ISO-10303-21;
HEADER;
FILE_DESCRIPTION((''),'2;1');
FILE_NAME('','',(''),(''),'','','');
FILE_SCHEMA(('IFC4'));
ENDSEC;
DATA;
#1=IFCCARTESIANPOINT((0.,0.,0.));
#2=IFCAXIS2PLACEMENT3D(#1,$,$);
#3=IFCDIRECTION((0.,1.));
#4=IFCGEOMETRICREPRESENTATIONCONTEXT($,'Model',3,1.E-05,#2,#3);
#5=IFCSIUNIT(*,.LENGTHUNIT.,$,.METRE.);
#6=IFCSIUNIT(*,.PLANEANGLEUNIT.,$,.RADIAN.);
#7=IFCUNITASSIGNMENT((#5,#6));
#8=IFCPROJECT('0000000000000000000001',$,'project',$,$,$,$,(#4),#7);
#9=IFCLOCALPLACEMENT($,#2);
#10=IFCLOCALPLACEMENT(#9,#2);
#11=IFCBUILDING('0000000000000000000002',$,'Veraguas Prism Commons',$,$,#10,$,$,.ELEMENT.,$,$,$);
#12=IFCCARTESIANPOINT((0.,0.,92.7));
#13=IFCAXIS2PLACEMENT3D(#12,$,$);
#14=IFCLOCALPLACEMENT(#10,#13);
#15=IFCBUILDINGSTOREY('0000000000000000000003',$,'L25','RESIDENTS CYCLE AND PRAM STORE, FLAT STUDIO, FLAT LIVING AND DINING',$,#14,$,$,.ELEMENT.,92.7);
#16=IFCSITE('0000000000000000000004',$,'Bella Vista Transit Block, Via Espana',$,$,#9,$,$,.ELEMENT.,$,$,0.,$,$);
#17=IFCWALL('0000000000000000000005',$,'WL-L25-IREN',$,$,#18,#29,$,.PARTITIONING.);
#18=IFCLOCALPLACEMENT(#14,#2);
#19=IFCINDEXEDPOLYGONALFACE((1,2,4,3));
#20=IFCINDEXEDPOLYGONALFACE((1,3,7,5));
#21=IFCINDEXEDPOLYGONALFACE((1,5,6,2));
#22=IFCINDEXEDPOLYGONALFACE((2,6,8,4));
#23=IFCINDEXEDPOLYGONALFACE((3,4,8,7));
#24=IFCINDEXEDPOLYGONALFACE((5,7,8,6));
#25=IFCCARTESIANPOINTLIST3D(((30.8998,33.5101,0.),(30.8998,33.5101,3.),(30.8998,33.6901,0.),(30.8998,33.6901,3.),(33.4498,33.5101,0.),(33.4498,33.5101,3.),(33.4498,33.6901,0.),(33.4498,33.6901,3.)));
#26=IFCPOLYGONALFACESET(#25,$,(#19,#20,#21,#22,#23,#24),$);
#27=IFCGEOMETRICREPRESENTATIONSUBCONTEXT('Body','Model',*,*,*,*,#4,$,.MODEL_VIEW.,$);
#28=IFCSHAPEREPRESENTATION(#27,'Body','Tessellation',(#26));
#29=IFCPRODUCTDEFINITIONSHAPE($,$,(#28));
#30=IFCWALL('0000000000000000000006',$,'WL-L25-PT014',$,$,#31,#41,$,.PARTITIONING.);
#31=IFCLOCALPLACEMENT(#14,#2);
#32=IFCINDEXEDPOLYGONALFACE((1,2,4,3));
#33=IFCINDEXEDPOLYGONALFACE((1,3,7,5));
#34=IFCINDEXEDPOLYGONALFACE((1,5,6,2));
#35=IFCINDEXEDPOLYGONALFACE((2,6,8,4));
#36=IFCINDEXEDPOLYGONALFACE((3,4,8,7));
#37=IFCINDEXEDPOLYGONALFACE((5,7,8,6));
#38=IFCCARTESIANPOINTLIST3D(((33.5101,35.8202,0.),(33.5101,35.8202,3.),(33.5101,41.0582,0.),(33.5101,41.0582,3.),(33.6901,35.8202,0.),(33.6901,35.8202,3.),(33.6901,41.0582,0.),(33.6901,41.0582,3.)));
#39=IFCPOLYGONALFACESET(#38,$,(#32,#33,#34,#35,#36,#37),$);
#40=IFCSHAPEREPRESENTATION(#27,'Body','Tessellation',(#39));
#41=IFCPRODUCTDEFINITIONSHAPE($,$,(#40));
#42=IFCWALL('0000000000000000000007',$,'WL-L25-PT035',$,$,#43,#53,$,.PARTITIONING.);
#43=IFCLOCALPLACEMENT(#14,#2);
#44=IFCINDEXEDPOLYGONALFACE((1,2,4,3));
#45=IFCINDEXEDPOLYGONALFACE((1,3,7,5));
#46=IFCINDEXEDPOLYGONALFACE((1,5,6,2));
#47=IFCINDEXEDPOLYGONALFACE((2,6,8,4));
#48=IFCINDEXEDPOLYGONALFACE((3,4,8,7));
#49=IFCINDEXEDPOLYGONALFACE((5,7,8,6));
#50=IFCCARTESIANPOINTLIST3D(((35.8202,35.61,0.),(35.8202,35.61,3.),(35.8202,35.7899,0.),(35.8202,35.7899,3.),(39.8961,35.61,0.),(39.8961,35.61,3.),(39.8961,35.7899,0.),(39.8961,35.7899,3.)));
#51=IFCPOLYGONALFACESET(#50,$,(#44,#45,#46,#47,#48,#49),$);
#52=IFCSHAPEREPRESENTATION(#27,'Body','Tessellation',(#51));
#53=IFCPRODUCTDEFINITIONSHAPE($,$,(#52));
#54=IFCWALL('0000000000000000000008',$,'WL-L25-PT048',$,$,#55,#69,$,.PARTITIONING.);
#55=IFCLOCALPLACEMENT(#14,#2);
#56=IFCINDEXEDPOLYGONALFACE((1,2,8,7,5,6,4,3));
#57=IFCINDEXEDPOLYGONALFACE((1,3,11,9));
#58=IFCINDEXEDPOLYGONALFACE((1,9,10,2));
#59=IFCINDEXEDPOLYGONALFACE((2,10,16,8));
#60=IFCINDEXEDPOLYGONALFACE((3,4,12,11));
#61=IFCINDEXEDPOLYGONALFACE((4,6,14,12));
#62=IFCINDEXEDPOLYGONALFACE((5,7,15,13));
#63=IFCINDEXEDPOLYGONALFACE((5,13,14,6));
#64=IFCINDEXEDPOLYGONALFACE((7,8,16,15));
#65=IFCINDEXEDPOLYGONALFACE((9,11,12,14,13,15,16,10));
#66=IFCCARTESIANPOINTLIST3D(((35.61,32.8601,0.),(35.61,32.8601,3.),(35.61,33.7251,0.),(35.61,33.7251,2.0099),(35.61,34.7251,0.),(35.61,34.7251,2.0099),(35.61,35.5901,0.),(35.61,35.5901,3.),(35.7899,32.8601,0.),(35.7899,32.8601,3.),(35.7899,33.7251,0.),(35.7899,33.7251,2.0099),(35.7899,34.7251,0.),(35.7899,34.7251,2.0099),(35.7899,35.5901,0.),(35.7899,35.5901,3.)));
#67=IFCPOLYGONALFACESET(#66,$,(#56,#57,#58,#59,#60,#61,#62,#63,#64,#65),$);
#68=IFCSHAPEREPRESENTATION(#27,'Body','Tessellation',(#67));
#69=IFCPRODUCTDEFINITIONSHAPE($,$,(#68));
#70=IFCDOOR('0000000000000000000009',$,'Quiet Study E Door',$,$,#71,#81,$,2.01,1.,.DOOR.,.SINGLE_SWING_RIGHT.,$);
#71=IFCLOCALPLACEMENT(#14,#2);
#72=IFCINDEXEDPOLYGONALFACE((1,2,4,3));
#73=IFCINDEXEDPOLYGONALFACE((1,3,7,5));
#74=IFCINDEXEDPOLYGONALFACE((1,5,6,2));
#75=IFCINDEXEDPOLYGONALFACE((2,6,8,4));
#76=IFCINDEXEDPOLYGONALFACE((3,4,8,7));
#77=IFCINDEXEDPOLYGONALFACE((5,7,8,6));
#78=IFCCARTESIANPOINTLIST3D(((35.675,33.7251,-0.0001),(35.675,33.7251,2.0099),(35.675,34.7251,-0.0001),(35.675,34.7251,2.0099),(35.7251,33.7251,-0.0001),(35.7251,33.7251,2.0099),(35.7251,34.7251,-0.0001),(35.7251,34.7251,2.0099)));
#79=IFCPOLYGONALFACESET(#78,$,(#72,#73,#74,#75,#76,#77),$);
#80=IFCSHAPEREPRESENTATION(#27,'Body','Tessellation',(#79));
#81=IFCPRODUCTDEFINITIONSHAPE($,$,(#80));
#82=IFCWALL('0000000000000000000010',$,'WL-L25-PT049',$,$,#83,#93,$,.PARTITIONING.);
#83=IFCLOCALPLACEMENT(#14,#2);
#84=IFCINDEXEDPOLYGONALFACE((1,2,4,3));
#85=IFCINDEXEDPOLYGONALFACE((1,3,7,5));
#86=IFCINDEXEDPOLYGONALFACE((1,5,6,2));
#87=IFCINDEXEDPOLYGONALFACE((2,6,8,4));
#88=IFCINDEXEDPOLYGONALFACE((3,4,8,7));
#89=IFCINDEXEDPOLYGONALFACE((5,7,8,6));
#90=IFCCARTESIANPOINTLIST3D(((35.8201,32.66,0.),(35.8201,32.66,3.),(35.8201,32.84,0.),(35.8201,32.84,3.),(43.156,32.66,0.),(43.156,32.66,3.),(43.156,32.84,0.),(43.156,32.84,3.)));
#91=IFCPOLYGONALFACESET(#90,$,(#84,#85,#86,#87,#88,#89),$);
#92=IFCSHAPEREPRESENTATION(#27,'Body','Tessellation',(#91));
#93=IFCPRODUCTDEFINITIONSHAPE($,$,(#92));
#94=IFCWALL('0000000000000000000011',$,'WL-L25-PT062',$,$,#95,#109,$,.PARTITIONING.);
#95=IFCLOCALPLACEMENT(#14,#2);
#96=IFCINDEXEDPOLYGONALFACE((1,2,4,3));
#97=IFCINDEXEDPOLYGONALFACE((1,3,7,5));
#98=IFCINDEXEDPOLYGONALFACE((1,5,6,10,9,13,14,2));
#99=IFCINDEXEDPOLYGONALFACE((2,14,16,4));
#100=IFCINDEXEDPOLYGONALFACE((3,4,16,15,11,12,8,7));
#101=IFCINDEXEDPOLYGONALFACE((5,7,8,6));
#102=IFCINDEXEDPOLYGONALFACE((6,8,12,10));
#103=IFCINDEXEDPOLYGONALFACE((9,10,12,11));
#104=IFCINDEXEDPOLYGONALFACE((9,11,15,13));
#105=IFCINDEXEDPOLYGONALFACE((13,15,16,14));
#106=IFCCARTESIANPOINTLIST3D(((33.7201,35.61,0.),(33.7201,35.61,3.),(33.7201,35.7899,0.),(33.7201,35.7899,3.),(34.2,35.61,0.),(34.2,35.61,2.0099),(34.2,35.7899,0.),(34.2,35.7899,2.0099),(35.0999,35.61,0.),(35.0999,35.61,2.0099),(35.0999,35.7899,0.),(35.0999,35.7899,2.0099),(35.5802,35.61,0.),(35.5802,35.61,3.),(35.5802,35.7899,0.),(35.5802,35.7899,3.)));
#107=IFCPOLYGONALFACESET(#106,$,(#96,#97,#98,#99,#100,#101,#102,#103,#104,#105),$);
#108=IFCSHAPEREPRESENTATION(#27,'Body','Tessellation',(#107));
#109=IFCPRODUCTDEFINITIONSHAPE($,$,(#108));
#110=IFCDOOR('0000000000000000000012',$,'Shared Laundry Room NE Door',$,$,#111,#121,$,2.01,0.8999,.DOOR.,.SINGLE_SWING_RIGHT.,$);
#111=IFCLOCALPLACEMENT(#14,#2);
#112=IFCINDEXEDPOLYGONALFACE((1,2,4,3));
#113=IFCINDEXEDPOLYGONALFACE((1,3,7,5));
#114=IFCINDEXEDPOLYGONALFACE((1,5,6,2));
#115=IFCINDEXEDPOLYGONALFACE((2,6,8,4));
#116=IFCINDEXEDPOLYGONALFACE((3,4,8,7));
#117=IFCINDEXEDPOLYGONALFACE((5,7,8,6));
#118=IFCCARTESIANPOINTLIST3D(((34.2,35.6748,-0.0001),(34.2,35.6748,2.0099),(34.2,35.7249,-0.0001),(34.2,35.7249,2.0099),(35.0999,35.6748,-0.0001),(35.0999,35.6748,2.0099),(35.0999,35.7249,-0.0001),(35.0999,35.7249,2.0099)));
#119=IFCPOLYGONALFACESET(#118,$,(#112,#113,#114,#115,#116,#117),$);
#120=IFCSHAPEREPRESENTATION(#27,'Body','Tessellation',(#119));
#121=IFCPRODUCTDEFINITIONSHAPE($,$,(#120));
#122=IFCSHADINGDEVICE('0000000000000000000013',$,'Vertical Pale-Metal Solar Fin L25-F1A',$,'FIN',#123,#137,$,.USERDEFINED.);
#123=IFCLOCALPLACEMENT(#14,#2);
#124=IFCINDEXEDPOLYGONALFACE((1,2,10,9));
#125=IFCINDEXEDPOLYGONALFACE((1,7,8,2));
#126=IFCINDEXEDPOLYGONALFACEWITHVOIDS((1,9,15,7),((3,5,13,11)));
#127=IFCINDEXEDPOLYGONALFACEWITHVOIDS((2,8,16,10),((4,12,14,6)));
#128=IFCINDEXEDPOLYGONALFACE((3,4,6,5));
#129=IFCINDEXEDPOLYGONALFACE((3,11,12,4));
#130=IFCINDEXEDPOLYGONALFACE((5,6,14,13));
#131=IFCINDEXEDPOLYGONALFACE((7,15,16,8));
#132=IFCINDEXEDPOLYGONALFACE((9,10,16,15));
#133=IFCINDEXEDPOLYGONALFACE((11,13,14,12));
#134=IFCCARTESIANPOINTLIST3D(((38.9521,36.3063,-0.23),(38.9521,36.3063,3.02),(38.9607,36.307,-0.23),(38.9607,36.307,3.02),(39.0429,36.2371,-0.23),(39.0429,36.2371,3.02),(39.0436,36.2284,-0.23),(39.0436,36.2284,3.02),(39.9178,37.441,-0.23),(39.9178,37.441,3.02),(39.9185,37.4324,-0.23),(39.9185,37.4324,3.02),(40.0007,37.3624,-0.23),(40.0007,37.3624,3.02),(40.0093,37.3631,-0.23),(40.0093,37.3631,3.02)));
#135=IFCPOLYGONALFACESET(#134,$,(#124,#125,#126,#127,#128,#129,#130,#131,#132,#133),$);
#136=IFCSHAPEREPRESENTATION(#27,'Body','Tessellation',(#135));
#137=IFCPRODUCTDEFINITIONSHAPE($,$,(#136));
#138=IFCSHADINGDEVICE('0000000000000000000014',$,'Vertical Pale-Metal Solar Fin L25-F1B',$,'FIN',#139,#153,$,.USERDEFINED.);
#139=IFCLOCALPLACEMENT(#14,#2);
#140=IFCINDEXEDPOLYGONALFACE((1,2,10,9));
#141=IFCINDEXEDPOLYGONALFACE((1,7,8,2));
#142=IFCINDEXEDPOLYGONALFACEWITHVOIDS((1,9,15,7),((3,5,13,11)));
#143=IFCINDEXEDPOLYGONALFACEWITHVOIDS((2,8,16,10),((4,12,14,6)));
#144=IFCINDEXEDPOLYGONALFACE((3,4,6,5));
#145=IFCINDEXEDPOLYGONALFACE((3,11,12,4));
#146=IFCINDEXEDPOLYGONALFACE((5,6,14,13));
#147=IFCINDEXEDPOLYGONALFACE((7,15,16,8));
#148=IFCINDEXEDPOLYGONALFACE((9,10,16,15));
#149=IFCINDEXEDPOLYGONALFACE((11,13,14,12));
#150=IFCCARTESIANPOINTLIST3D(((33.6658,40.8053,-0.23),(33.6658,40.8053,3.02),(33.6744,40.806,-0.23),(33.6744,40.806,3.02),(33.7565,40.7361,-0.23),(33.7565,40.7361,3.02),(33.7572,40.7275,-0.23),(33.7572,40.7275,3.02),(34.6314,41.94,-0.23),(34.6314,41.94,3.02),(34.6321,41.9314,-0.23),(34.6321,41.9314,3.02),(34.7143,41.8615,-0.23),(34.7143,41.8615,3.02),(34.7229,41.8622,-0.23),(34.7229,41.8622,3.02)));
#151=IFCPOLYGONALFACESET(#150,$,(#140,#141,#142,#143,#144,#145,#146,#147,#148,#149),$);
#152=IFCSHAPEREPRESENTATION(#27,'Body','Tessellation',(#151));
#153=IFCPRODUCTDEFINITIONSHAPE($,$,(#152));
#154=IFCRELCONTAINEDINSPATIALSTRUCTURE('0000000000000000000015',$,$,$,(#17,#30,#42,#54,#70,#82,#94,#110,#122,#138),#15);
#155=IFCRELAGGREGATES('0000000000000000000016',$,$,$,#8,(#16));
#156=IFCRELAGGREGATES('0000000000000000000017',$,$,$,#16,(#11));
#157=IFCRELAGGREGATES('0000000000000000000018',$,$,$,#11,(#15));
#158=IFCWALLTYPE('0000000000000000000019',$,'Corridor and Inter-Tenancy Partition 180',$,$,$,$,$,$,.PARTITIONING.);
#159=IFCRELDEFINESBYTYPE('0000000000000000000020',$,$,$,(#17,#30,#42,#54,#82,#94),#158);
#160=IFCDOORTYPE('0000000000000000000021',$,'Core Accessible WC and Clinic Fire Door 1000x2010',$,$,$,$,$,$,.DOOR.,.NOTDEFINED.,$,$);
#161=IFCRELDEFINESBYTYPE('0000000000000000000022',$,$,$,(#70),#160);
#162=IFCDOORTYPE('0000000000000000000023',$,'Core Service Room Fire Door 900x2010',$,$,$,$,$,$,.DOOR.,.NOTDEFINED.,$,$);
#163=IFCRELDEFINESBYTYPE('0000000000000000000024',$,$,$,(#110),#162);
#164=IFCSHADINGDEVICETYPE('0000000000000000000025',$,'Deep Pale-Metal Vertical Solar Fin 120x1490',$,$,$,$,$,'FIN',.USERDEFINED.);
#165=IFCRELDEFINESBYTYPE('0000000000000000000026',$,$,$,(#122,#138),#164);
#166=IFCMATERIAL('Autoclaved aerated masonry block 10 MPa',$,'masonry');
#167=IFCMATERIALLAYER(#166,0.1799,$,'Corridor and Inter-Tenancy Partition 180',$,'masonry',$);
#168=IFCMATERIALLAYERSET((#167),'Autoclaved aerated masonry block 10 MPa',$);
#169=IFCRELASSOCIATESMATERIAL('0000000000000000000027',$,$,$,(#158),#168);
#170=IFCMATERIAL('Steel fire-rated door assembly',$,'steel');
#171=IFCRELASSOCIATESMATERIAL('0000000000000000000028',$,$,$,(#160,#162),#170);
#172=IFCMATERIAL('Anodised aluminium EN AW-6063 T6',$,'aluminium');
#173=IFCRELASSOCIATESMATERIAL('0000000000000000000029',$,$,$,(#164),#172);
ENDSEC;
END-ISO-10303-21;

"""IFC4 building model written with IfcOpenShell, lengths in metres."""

from ifc_helpers import new_model, si_unit, direction, frame, frame_2d, origin, origin_2d, place, context, subcontext, project, spatial, rectangle, hollow_rectangle, extrude, source, transform, mapped, material, layer, layer_set, material_profile, profile_set, type_object, element, fill, save


model = new_model("IFC4")

# Units and contexts
model_context = context("Model", 3, precision=1e-05, world=origin(), true_north=direction((0.0, 1.0)))
body_context = subcontext(model_context, "Body", "Model", "MODEL_VIEW")
ifc_project = project(units=[si_unit("LENGTHUNIT", "METRE"), si_unit("PLANEANGLEUNIT", "RADIAN")], contexts=[model_context])

# Site, building, storey
site_placement = place(None, origin())
site = spatial("IfcSite", under=ifc_project, at=site_placement, Name="Bella Vista Transit Block, Via Espana", CompositionType="ELEMENT", RefElevation=0.0)
building_placement = place(site_placement, origin())
building = spatial("IfcBuilding", under=site, at=building_placement, Name="Veraguas Prism Commons", CompositionType="ELEMENT")
storey_placement = place(building_placement, frame((0.0, 0.0, 92.7)))
storey = spatial("IfcBuildingStorey", under=building, at=storey_placement, Name="L25", Description="RESIDENTS CYCLE AND PRAM STORE, FLAT STUDIO, FLAT LIVING AND DINING", CompositionType="ELEMENT", Elevation=92.7)

# Shared definitions
ifc_material_1 = material(Name="Anodised aluminium EN AW-6063 T6", Category="aluminium")

# Walls
ifc_material_2 = material(Name="Autoclaved aerated masonry block 10 MPa", Category="masonry")
ifc_layer_1 = layer(ifc_material_2, 0.1799, Name="Corridor and Inter-Tenancy Partition 180", Category="masonry")
ifc_layer_set_1 = layer_set([ifc_layer_1], Name="Autoclaved aerated masonry block 10 MPa")
wall_type = type_object("IfcWallType", Name="Corridor and Inter-Tenancy Partition 180", PredefinedType="PARTITIONING", material=ifc_layer_set_1)
wall_1_placement = place(storey_placement, frame((30.8999, 33.6001, 0.0), z_axis=(0.0, 0.0, 1.0), x_axis=(1.0, 0.0, 0.0)))
element("IfcWall", 1, at=wall_1_placement, inside=storey, type_object=wall_type, Name="WL-L25-IREN", PredefinedType="PARTITIONING", context=body_context, shape_type="SweptSolid", body=[
    extrude(rectangle(XDim=2.55, YDim=0.1799, at=frame_2d((1.2749, 0.0))), origin(), (0.0, 0.0, 1.0), 3.0),
])
wall_2_placement = place(storey_placement, frame((33.6001, 35.8201, 0.0), z_axis=(0.0, 0.0, 1.0), x_axis=(0.0, 1.0, 0.0)))
element("IfcWall", 2, at=wall_2_placement, inside=storey, type_object=wall_type, Name="WL-L25-PT014", PredefinedType="PARTITIONING", context=body_context, shape_type="SweptSolid", body=[
    extrude(rectangle(XDim=5.238, YDim=0.1799, at=frame_2d((2.6191, 0.0))), origin(), (0.0, 0.0, 1.0), 3.0),
])
wall_3_placement = place(storey_placement, frame((35.8201, 35.7, 0.0), z_axis=(0.0, 0.0, 1.0), x_axis=(1.0, 0.0, 0.0)))
element("IfcWall", 3, at=wall_3_placement, inside=storey, type_object=wall_type, Name="WL-L25-PT035", PredefinedType="PARTITIONING", context=body_context, shape_type="SweptSolid", body=[
    extrude(rectangle(XDim=4.0759, YDim=0.1799, at=frame_2d((2.0381, 0.0))), origin(), (0.0, 0.0, 1.0), 3.0),
])

# Wall, opening, door
wall_4_placement = place(storey_placement, frame((35.7, 32.8601, 0.0), z_axis=(0.0, 0.0, 1.0), x_axis=(0.0, 1.0, 0.0)))
wall_4 = element("IfcWall", 4, at=wall_4_placement, inside=storey, type_object=wall_type, Name="WL-L25-PT048", PredefinedType="PARTITIONING", context=body_context, shape_type="SweptSolid", body=[
    extrude(rectangle(XDim=2.73, YDim=0.1799, at=frame_2d((1.365, 0.0))), origin(), (0.0, 0.0, 1.0), 3.0),
])
opening_1_placement = place(wall_4_placement, frame((0.865, 0.0, 0.0)))
opening_1 = element("IfcOpeningElement", 5, at=opening_1_placement, cuts=wall_4, PredefinedType="OPENING", context=body_context, shape_type="SweptSolid", body=[
    extrude(rectangle(XDim=1.0, YDim=2.01, at=frame_2d((0.5, 1.0049))), frame((0.0, 0.0999, 0.0), z_axis=(0.0, -1.0, 0.0), x_axis=(1.0, 0.0, 0.0)), (0.0, 0.0, 1.0), 0.2),
])
ifc_material_3 = material(Name="Steel fire-rated door assembly", Category="steel")
door_type_1 = type_object("IfcDoorType", Name="Core Accessible WC and Clinic Fire Door 1000x2010", OperationType="NOTDEFINED", PredefinedType="DOOR", material=ifc_material_3)
shared_shape_1 = source(origin(), body_context, "Body", "SweptSolid", [
    extrude(rectangle(XDim=1.0, YDim=2.01, at=frame_2d((0.5, 1.0049))), frame((0.0, 0.0249, 0.0), z_axis=(0.0, -1.0, 0.0), x_axis=(1.0, 0.0, 0.0)), (0.0, 0.0, 1.0), 0.05),
])
door_1_placement = place(opening_1_placement, origin())
door_1 = element("IfcDoor", 6, at=door_1_placement, inside=storey, type_object=door_type_1, Name="Quiet Study E Door", OperationType="SINGLE_SWING_RIGHT", OverallHeight=2.01, OverallWidth=1.0, PredefinedType="DOOR", context=body_context, shape_type="MappedRepresentation", body=[
    mapped(shared_shape_1, transform((0.0, 0.0, 0.0), scale=1.0)),
])
fill(opening_1, door_1)

# Wall
wall_5_placement = place(storey_placement, frame((35.8201, 32.75, 0.0), z_axis=(0.0, 0.0, 1.0), x_axis=(1.0, 0.0, 0.0)))
element("IfcWall", 7, at=wall_5_placement, inside=storey, type_object=wall_type, Name="WL-L25-PT049", PredefinedType="PARTITIONING", context=body_context, shape_type="SweptSolid", body=[
    extrude(rectangle(XDim=7.3359, YDim=0.1799, at=frame_2d((3.668, 0.0))), origin(), (0.0, 0.0, 1.0), 3.0),
])

# Wall, opening, door
wall_6_placement = place(storey_placement, frame((33.72, 35.7, 0.0), z_axis=(0.0, 0.0, 1.0), x_axis=(1.0, 0.0, 0.0)))
wall_6 = element("IfcWall", 8, at=wall_6_placement, inside=storey, type_object=wall_type, Name="WL-L25-PT062", PredefinedType="PARTITIONING", context=body_context, shape_type="SweptSolid", body=[
    extrude(rectangle(XDim=1.8601, YDim=0.1799, at=frame_2d((0.9302, 0.0))), origin(), (0.0, 0.0, 1.0), 3.0),
])
opening_2_placement = place(wall_6_placement, frame((0.48, 0.0, 0.0)))
opening_2 = element("IfcOpeningElement", 9, at=opening_2_placement, cuts=wall_6, PredefinedType="OPENING", context=body_context, shape_type="SweptSolid", body=[
    extrude(rectangle(XDim=0.8999, YDim=2.01, at=frame_2d((0.45, 1.0049))), frame((0.0, 0.0999, 0.0), z_axis=(0.0, -1.0, 0.0), x_axis=(1.0, 0.0, 0.0)), (0.0, 0.0, 1.0), 0.2),
])
door_type_2 = type_object("IfcDoorType", Name="Core Service Room Fire Door 900x2010", OperationType="NOTDEFINED", PredefinedType="DOOR", material=ifc_material_3)
shared_shape_2 = source(origin(), body_context, "Body", "SweptSolid", [
    extrude(rectangle(XDim=0.8999, YDim=2.01, at=frame_2d((0.45, 1.0049))), frame((0.0, 0.0249, 0.0), z_axis=(0.0, -1.0, 0.0), x_axis=(1.0, 0.0, 0.0)), (0.0, 0.0, 1.0), 0.05),
])
door_2_placement = place(opening_2_placement, origin())
door_2 = element("IfcDoor", 10, at=door_2_placement, inside=storey, type_object=door_type_2, Name="Shared Laundry Room NE Door", OperationType="SINGLE_SWING_RIGHT", OverallHeight=2.01, OverallWidth=0.8999, PredefinedType="DOOR", context=body_context, shape_type="MappedRepresentation", body=[
    mapped(shared_shape_2, transform((0.0, 0.0, 0.0), scale=1.0)),
])
fill(opening_2, door_2)

# Shading devices
ifc_material_profile_1 = material_profile(ifc_material_1, hollow_rectangle(XDim=0.1201, YDim=1.49, WallThickness=0.0061, at=origin_2d()), Name="FIN120X1490X6")
ifc_profile_set_1 = profile_set([ifc_material_profile_1], Name="Anodised aluminium EN AW-6063 T6")
shading_device_type = type_object("IfcShadingDeviceType", Name="Deep Pale-Metal Vertical Solar Fin 120x1490", ElementType="FIN", PredefinedType="USERDEFINED", material=ifc_profile_set_1)
for number, where, z_axis, x_axis, name in (
    (11, (39.4807, 36.8347, -0.23), (0.0, 0.0, 1.0), (-0.761541, 0.648117, 0.0), "Vertical Pale-Metal Solar Fin L25-F1A"),
    (12, (34.1943, 41.3337, -0.23), (0.0, 0.0, 1.0), (-0.761541, 0.648117, 0.0), "Vertical Pale-Metal Solar Fin L25-F1B"),
):
    element("IfcShadingDevice", number, at=place(storey_placement, frame(where, z_axis=z_axis, x_axis=x_axis)), inside=storey, type_object=shading_device_type, Name=name, ObjectType="FIN", PredefinedType="USERDEFINED", context=body_context, shape_type="SweptSolid", body=[
        extrude(hollow_rectangle(XDim=0.1201, YDim=1.49, WallThickness=0.0061, at=origin_2d()), origin(), (0.0, 0.0, 1.0), 3.25),
    ])

save(model, "model.ifc")
